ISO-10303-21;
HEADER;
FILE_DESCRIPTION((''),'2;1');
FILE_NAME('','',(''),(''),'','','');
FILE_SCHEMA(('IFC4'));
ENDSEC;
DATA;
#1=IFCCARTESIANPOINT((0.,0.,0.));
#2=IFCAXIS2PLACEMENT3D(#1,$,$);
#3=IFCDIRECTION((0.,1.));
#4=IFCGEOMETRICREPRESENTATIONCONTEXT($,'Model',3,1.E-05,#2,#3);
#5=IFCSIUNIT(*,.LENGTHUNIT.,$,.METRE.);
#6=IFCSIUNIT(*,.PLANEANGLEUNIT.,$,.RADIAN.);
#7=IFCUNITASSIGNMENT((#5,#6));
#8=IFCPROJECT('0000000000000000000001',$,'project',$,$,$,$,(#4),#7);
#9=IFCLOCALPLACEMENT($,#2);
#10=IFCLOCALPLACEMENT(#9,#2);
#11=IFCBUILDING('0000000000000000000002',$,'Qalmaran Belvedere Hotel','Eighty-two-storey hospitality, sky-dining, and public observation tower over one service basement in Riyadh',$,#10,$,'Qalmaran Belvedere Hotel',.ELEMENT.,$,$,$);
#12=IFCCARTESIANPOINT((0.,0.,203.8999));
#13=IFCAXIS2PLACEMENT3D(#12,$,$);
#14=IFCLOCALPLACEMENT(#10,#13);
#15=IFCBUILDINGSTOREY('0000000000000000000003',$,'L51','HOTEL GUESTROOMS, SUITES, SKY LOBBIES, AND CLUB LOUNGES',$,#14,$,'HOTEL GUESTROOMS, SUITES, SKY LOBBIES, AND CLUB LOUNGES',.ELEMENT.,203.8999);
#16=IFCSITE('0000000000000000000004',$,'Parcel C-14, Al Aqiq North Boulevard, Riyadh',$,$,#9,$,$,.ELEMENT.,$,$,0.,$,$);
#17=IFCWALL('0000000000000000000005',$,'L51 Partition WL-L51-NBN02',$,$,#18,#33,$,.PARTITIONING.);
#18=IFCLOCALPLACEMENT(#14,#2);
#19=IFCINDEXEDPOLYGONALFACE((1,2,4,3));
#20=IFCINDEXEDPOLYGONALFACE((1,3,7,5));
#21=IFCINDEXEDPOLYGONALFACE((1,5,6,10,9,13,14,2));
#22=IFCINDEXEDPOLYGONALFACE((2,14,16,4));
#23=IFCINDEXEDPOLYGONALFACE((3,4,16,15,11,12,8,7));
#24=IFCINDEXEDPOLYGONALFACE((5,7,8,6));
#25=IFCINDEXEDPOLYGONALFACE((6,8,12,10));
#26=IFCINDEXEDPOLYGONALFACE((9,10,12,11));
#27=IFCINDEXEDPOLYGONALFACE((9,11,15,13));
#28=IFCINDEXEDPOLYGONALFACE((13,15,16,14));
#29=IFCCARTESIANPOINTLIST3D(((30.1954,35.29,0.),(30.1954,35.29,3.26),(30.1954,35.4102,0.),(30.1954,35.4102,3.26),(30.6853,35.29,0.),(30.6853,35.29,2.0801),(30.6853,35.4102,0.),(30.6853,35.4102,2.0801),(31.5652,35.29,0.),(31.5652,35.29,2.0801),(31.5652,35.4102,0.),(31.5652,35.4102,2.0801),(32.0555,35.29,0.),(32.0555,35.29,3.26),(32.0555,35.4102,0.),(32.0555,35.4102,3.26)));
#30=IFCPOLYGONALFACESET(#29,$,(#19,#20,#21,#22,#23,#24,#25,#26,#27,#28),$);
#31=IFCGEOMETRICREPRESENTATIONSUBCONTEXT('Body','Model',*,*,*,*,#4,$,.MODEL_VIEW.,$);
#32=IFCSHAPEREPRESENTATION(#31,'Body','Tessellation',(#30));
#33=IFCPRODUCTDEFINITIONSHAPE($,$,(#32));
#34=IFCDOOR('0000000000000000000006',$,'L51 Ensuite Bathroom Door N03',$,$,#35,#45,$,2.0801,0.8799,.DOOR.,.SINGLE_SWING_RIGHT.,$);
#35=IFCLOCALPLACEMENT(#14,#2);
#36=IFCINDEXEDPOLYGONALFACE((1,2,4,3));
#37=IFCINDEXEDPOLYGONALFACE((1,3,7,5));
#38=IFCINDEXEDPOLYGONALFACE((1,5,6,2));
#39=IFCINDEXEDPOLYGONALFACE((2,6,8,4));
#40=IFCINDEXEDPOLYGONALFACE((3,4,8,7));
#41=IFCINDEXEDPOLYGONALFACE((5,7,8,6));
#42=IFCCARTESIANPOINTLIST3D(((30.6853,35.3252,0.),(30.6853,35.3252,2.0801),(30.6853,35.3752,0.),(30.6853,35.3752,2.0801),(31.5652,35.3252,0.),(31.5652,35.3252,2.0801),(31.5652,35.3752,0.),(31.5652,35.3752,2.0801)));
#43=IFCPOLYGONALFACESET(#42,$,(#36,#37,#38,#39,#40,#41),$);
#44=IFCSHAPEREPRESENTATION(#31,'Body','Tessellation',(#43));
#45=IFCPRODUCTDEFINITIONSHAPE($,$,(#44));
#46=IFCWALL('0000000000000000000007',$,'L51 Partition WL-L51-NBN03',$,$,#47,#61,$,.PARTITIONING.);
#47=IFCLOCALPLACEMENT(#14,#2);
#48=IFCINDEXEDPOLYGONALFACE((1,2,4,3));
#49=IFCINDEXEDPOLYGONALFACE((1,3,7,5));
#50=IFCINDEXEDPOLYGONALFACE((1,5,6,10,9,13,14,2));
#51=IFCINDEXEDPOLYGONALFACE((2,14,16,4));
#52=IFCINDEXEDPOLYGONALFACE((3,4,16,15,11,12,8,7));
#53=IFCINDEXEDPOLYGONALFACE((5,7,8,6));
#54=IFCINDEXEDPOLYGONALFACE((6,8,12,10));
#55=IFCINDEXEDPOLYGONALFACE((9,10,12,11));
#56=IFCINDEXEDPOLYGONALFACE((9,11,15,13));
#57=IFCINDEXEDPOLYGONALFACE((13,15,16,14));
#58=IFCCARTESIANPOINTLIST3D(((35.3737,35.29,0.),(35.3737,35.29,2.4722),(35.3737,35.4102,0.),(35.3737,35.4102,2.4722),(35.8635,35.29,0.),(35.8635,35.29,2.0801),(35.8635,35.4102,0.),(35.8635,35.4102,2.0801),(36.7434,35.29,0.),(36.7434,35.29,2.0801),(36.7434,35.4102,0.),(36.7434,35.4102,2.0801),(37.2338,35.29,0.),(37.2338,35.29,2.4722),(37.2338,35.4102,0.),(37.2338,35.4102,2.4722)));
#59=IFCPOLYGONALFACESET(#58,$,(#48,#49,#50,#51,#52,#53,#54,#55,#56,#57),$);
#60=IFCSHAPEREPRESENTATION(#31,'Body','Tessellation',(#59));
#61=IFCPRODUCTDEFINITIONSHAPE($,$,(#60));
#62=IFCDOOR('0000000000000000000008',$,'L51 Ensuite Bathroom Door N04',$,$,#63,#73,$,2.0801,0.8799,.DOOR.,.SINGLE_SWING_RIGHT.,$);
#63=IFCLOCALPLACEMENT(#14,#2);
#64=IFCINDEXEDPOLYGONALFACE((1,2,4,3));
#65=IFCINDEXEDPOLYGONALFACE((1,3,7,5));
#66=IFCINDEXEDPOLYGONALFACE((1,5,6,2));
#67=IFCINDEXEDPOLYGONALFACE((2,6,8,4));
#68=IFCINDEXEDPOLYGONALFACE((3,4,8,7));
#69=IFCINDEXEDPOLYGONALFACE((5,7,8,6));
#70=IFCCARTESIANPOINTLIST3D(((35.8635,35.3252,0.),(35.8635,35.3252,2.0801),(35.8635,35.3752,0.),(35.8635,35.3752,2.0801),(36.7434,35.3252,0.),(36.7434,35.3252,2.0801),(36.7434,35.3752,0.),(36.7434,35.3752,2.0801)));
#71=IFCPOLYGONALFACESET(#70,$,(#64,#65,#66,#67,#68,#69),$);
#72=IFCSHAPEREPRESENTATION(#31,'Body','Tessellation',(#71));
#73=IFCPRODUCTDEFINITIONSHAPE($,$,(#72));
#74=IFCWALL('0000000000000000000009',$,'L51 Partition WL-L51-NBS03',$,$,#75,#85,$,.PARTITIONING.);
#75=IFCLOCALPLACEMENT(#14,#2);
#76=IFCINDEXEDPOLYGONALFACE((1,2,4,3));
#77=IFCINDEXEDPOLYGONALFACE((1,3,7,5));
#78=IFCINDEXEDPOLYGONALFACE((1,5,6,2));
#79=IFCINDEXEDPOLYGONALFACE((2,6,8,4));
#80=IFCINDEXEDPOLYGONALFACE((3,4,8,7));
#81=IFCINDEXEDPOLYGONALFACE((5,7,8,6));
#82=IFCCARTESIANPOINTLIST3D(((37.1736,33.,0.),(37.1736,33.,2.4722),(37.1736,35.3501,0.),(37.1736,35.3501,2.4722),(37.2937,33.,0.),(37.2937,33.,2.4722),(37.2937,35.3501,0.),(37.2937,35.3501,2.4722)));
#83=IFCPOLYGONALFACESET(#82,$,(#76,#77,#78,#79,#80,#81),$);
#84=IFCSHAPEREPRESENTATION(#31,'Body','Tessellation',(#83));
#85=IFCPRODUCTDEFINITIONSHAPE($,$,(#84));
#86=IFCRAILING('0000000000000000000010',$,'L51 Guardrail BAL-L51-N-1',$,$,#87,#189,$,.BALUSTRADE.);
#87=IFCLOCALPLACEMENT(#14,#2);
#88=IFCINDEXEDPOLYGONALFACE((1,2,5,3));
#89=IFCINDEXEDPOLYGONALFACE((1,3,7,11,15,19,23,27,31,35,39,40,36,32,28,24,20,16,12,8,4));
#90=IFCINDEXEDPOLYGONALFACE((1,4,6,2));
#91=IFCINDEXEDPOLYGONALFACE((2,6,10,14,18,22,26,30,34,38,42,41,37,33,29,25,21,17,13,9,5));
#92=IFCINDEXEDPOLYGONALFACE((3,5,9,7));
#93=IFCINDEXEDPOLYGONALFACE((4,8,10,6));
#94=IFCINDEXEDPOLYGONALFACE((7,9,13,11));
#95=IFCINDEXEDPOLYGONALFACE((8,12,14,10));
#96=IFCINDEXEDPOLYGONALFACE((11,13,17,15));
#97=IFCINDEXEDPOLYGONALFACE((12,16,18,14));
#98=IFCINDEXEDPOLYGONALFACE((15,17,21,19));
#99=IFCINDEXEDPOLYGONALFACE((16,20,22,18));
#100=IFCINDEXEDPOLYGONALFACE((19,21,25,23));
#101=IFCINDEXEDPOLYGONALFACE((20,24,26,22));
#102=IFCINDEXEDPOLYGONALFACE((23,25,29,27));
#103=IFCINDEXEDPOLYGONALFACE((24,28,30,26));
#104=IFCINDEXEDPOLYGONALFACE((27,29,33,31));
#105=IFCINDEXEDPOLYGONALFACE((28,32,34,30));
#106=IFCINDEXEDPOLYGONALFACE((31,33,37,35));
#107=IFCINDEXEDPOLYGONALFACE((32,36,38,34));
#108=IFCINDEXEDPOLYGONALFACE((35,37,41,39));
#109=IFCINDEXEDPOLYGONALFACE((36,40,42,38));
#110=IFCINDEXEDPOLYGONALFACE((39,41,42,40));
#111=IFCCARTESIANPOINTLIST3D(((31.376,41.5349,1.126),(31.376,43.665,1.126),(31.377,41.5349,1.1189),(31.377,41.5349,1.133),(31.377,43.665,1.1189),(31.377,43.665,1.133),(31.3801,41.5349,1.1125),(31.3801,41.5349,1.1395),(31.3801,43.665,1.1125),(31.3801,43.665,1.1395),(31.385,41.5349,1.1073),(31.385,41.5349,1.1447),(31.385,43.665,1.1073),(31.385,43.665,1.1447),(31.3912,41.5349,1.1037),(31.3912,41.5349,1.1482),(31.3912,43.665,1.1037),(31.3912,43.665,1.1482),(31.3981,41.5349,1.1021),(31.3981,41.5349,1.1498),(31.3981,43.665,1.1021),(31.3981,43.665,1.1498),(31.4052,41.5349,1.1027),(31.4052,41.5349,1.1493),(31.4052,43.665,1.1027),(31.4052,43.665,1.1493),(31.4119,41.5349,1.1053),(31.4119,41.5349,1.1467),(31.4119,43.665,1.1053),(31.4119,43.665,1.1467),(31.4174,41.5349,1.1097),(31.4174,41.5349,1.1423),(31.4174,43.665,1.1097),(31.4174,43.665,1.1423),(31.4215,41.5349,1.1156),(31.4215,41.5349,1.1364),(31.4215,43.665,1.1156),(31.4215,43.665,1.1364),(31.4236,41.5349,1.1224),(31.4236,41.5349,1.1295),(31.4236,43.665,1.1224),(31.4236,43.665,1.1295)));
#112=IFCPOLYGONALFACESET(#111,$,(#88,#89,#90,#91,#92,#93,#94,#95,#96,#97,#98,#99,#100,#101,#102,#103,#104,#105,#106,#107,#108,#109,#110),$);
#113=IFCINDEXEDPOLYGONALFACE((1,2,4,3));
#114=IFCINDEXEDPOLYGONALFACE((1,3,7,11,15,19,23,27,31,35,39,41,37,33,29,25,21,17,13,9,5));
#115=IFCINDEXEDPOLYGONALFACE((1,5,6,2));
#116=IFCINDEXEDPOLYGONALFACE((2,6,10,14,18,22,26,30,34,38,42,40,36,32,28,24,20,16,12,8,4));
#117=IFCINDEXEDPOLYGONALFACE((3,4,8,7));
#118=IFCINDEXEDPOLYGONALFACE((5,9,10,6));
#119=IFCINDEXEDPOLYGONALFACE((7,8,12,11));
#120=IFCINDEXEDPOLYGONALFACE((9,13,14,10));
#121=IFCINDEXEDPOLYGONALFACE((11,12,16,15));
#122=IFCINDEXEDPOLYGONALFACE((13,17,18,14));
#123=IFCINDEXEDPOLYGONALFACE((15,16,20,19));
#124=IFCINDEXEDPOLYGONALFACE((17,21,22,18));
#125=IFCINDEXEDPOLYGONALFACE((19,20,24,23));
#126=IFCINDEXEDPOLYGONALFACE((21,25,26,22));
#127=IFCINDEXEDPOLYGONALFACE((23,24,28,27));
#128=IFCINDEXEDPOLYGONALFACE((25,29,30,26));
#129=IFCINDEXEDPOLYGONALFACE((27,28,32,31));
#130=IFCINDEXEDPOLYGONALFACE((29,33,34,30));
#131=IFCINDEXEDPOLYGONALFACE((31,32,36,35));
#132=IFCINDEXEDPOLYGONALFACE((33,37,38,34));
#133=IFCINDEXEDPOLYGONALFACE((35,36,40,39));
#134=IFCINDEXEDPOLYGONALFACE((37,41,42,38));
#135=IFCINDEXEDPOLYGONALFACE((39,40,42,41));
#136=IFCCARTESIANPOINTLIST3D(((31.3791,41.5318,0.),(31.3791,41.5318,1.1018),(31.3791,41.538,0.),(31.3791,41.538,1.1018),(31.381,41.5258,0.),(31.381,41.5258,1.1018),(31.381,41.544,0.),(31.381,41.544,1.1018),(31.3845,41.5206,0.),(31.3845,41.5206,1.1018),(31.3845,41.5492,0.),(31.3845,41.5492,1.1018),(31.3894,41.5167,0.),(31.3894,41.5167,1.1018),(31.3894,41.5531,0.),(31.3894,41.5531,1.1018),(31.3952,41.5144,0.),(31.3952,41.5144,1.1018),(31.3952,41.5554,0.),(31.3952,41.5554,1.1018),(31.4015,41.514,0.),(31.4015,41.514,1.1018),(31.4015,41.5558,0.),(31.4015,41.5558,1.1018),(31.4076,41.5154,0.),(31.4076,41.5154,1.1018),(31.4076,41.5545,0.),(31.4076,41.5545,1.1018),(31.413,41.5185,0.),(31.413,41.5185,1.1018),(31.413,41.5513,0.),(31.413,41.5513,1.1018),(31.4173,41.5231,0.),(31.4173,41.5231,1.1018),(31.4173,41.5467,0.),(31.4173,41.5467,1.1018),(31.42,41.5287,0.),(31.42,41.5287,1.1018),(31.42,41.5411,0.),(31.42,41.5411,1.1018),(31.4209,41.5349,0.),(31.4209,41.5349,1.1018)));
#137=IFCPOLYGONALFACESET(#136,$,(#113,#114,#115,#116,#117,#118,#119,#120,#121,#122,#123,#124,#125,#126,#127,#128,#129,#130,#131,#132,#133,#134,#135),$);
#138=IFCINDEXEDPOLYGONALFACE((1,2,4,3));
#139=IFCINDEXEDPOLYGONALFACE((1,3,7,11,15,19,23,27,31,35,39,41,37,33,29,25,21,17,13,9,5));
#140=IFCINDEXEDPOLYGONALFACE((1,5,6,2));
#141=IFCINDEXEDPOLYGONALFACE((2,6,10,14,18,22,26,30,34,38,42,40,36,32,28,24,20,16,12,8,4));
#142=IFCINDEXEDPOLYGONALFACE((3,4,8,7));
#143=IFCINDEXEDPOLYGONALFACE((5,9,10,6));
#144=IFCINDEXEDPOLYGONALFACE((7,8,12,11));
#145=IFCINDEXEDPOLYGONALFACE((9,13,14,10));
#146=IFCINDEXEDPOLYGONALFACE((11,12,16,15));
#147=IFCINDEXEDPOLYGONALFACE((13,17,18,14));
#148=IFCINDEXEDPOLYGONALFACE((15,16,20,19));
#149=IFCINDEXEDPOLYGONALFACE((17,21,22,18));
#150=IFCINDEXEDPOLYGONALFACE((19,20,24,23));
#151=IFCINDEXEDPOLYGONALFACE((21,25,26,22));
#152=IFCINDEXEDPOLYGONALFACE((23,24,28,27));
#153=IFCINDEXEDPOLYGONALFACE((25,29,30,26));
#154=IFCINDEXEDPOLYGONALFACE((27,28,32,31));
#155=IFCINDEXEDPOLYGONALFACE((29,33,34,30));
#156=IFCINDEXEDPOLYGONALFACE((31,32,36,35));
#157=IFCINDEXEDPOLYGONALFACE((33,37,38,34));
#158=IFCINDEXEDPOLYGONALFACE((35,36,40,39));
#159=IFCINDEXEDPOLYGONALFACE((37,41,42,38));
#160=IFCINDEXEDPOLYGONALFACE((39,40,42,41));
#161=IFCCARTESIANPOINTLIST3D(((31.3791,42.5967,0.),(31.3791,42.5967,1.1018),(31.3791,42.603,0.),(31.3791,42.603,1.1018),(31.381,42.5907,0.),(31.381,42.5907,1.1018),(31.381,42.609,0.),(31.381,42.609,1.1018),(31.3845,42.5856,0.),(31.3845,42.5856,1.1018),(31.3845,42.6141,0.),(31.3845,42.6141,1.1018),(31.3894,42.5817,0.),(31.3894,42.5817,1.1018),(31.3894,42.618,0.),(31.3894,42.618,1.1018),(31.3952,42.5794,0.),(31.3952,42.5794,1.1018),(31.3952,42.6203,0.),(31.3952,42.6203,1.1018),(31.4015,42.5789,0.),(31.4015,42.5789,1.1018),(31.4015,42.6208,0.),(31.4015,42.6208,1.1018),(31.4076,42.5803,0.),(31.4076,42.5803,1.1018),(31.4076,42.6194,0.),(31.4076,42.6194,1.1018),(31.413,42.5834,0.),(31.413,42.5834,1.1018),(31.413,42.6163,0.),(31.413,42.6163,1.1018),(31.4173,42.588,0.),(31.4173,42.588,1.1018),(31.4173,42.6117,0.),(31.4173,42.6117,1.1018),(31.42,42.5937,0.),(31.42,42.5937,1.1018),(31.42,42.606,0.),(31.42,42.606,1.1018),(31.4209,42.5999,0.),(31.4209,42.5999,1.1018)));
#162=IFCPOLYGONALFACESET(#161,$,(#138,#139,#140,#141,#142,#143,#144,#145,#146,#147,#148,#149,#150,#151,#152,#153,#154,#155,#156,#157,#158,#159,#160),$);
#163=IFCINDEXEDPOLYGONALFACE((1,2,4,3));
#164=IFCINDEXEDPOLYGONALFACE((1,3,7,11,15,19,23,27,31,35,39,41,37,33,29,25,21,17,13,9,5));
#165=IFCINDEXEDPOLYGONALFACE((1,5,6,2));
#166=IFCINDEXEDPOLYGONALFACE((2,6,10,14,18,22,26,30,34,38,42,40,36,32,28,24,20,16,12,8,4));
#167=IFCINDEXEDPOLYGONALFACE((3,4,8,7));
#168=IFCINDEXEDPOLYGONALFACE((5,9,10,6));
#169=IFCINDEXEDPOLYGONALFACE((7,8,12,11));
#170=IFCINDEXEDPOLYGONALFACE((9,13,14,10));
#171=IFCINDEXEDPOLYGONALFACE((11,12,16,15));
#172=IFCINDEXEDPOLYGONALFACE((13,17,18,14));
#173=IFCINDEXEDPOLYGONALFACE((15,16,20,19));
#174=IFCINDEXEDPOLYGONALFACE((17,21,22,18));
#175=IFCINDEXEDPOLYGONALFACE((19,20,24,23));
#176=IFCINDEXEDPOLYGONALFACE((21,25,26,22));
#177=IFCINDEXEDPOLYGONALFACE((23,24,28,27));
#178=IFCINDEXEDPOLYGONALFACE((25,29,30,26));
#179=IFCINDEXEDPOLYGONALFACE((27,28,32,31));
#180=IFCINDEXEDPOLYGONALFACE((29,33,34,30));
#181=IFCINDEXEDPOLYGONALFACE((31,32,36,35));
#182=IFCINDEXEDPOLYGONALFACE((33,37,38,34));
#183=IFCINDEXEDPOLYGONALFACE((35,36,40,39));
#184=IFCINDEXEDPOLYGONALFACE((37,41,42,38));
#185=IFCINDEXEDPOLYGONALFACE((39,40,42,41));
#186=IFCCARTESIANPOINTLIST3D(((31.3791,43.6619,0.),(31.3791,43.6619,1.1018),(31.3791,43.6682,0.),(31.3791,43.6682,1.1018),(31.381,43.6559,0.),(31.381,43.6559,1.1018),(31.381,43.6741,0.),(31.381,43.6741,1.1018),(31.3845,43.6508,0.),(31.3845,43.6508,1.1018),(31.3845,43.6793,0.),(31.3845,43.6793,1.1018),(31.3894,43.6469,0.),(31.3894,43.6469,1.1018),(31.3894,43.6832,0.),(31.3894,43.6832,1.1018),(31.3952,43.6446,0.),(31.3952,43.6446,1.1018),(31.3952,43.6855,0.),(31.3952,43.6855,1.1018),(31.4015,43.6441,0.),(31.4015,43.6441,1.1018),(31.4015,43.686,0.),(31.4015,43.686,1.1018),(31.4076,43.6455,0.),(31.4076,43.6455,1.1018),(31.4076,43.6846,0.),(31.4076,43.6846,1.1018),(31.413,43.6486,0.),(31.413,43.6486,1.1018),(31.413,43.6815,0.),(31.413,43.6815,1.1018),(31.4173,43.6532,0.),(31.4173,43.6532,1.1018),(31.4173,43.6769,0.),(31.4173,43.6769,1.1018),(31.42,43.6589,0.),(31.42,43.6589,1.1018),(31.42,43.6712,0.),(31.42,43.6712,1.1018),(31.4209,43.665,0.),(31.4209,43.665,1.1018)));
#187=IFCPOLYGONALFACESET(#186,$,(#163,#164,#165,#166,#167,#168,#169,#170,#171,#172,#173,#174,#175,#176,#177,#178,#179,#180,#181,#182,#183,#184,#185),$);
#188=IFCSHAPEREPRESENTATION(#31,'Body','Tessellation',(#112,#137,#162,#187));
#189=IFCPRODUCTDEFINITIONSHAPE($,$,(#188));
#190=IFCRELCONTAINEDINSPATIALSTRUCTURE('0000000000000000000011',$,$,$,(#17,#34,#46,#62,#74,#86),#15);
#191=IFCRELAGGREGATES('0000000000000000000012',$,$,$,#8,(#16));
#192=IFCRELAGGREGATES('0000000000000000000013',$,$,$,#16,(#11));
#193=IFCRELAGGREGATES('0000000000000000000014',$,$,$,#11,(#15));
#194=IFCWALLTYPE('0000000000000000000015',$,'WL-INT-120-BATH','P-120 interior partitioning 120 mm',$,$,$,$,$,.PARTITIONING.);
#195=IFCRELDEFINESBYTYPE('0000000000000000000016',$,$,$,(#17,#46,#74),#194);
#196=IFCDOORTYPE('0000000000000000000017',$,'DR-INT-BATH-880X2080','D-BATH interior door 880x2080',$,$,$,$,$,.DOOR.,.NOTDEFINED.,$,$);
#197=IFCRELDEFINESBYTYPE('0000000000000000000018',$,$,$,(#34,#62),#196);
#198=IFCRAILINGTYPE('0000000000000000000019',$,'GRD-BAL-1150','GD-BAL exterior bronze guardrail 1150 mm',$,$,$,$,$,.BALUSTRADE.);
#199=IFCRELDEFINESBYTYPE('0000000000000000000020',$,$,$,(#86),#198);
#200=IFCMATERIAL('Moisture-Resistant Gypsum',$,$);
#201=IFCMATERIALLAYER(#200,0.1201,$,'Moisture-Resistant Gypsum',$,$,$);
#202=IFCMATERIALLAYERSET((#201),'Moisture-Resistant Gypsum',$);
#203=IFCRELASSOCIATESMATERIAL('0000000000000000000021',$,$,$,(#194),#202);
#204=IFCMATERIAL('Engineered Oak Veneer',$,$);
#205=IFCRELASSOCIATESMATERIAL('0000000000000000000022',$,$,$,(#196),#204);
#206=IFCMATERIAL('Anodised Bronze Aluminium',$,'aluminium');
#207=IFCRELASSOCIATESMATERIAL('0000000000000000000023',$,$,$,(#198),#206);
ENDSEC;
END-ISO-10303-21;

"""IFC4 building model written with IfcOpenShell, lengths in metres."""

from ifc_helpers import new_model, si_unit, direction, frame, frame_2d, origin, origin_2d, place, context, subcontext, project, spatial, rectangle, circle, extrude, material, layer, layer_set, type_object, element, fill, save


model = new_model("IFC4")

# Units and contexts
model_context = context("Model", 3, precision=1e-05, world=origin(), true_north=direction((0.0, 1.0)))
body_context = subcontext(model_context, "Body", "Model", "MODEL_VIEW")
ifc_project = project(units=[si_unit("LENGTHUNIT", "METRE"), si_unit("PLANEANGLEUNIT", "RADIAN")], contexts=[model_context])

# Site, building, storey
site_placement = place(None, origin())
site = spatial("IfcSite", under=ifc_project, at=site_placement, Name="Parcel C-14, Al Aqiq North Boulevard, Riyadh", CompositionType="ELEMENT", RefElevation=0.0)
building_placement = place(site_placement, origin())
building = spatial("IfcBuilding", under=site, at=building_placement, Name="Qalmaran Belvedere Hotel", Description="Eighty-two-storey hospitality, sky-dining, and public observation tower over one service basement in Riyadh", LongName="Qalmaran Belvedere Hotel", CompositionType="ELEMENT")
storey_placement = place(building_placement, frame((0.0, 0.0, 203.8999)))
storey = spatial("IfcBuildingStorey", under=building, at=storey_placement, Name="L51", Description="HOTEL GUESTROOMS, SUITES, SKY LOBBIES, AND CLUB LOUNGES", LongName="HOTEL GUESTROOMS, SUITES, SKY LOBBIES, AND CLUB LOUNGES", CompositionType="ELEMENT", Elevation=203.8999)

# Shared definitions
ifc_material_1 = material(Name="Anodised Bronze Aluminium", Category="aluminium")

# Walls, openings, doors
ifc_material_2 = material(Name="Moisture-Resistant Gypsum")
ifc_layer_1 = layer(ifc_material_2, 0.1201, Name="Moisture-Resistant Gypsum")
ifc_layer_set_1 = layer_set([ifc_layer_1], Name="Moisture-Resistant Gypsum")
wall_type_1 = type_object("IfcWallType", Name="WL-INT-120-BATH", Description="P-120 interior partitioning 120 mm", PredefinedType="PARTITIONING", material=ifc_layer_set_1)
wall_1_placement = place(storey_placement, frame((30.1953, 35.3501, 0.0), z_axis=(0.0, 0.0, 1.0), x_axis=(1.0, 0.0, 0.0)))
wall_1 = element("IfcWall", 1, at=wall_1_placement, inside=storey, type_object=wall_type_1, Name="L51 Partition WL-L51-NBN02", PredefinedType="PARTITIONING", context=body_context, shape_type="SweptSolid", body=[
    extrude(rectangle(XDim=1.8601, YDim=0.1201, at=frame_2d((0.9302, 0.0))), origin(), (0.0, 0.0, 1.0), 3.26),
])
opening_1_placement = place(wall_1_placement, frame((1.3699, 0.0, 0.0), z_axis=(0.0, 0.0, 1.0), x_axis=(-1.0, 0.0, 0.0)))
opening_1 = element("IfcOpeningElement", 2, at=opening_1_placement, cuts=wall_1, PredefinedType="OPENING", context=body_context, shape_type="SweptSolid", body=[
    extrude(rectangle(XDim=0.8799, YDim=2.0801, at=frame_2d((0.4399, 1.04))), frame((0.0, 0.0701, 0.0), z_axis=(0.0, -1.0, 0.0), x_axis=(1.0, 0.0, 0.0)), (0.0, 0.0, 1.0), 0.1401),
])
ifc_material_3 = material(Name="Engineered Oak Veneer")
door_type_1 = type_object("IfcDoorType", Name="DR-INT-BATH-880X2080", Description="D-BATH interior door 880x2080", OperationType="NOTDEFINED", PredefinedType="DOOR", material=ifc_material_3)
door_1_placement = place(opening_1_placement, origin())
door_1 = element("IfcDoor", 3, at=door_1_placement, inside=storey, type_object=door_type_1, Name="L51 Ensuite Bathroom Door N03", OperationType="SINGLE_SWING_RIGHT", OverallHeight=2.0801, OverallWidth=0.8799, PredefinedType="DOOR", context=body_context, shape_type="SweptSolid", body=[
    extrude(rectangle(XDim=0.8799, YDim=2.0801, at=frame_2d((0.4399, 1.04))), frame((0.0, 0.0249, 0.0), z_axis=(0.0, -1.0, 0.0), x_axis=(1.0, 0.0, 0.0)), (0.0, 0.0, 1.0), 0.05),
])
fill(opening_1, door_1)
wall_2_placement = place(storey_placement, frame((35.3735, 35.3501, 0.0), z_axis=(0.0, 0.0, 1.0), x_axis=(1.0, 0.0, 0.0)))
wall_2 = element("IfcWall", 4, at=wall_2_placement, inside=storey, type_object=wall_type_1, Name="L51 Partition WL-L51-NBN03", PredefinedType="PARTITIONING", context=body_context, shape_type="SweptSolid", body=[
    extrude(rectangle(XDim=1.8601, YDim=0.1201, at=frame_2d((0.9302, 0.0))), origin(), (0.0, 0.0, 1.0), 2.4722),
])
opening_2_placement = place(wall_2_placement, frame((1.3699, 0.0, 0.0), z_axis=(0.0, 0.0, 1.0), x_axis=(-1.0, 0.0, 0.0)))
opening_2 = element("IfcOpeningElement", 5, at=opening_2_placement, cuts=wall_2, PredefinedType="OPENING", context=body_context, shape_type="SweptSolid", body=[
    extrude(rectangle(XDim=0.8799, YDim=2.0801, at=frame_2d((0.4399, 1.04))), frame((0.0, 0.0701, 0.0), z_axis=(0.0, -1.0, 0.0), x_axis=(1.0, 0.0, 0.0)), (0.0, 0.0, 1.0), 0.1401),
])
door_2_placement = place(opening_2_placement, origin())
door_2 = element("IfcDoor", 6, at=door_2_placement, inside=storey, type_object=door_type_1, Name="L51 Ensuite Bathroom Door N04", OperationType="SINGLE_SWING_RIGHT", OverallHeight=2.0801, OverallWidth=0.8799, PredefinedType="DOOR", context=body_context, shape_type="SweptSolid", body=[
    extrude(rectangle(XDim=0.8799, YDim=2.0801, at=frame_2d((0.4399, 1.04))), frame((0.0, 0.0249, 0.0), z_axis=(0.0, -1.0, 0.0), x_axis=(1.0, 0.0, 0.0)), (0.0, 0.0, 1.0), 0.05),
])
fill(opening_2, door_2)

# Wall
wall_3_placement = place(storey_placement, frame((37.2336, 33.0, 0.0), z_axis=(0.0, 0.0, 1.0), x_axis=(0.0, 1.0, 0.0)))
element("IfcWall", 7, at=wall_3_placement, inside=storey, type_object=wall_type_1, Name="L51 Partition WL-L51-NBS03", PredefinedType="PARTITIONING", context=body_context, shape_type="SweptSolid", body=[
    extrude(rectangle(XDim=2.3501, YDim=0.1201, at=frame_2d((1.175, 0.0))), origin(), (0.0, 0.0, 1.0), 2.4722),
])

# Railing
railing_type = type_object("IfcRailingType", Name="GRD-BAL-1150", Description="GD-BAL exterior bronze guardrail 1150 mm", PredefinedType="BALUSTRADE", material=ifc_material_1)
railing_1_placement = place(storey_placement, frame((31.3999, 41.5349, 0.0)))
element("IfcRailing", 8, at=railing_1_placement, inside=storey, type_object=railing_type, Name="L51 Guardrail BAL-L51-N-1", PredefinedType="BALUSTRADE", context=body_context, shape_type="SweptSolid", body=[
    extrude(circle(Radius=0.0239, at=origin_2d()), frame((0.0, 0.0, 1.126), z_axis=(0.0, 1.0, 0.0), x_axis=(-1.0, 0.0, 0.0)), (0.0, 0.0, 1.0), 2.1301),
    extrude(circle(Radius=0.021, at=origin_2d()), origin(), (0.0, 0.0, 1.0), 1.1018),
    extrude(circle(Radius=0.021, at=origin_2d()), frame((0.0, 1.0649, 0.0)), (0.0, 0.0, 1.0), 1.1018),
    extrude(circle(Radius=0.021, at=origin_2d()), frame((0.0, 2.1301, 0.0)), (0.0, 0.0, 1.0), 1.1018),
])

save(model, "model.ifc")
